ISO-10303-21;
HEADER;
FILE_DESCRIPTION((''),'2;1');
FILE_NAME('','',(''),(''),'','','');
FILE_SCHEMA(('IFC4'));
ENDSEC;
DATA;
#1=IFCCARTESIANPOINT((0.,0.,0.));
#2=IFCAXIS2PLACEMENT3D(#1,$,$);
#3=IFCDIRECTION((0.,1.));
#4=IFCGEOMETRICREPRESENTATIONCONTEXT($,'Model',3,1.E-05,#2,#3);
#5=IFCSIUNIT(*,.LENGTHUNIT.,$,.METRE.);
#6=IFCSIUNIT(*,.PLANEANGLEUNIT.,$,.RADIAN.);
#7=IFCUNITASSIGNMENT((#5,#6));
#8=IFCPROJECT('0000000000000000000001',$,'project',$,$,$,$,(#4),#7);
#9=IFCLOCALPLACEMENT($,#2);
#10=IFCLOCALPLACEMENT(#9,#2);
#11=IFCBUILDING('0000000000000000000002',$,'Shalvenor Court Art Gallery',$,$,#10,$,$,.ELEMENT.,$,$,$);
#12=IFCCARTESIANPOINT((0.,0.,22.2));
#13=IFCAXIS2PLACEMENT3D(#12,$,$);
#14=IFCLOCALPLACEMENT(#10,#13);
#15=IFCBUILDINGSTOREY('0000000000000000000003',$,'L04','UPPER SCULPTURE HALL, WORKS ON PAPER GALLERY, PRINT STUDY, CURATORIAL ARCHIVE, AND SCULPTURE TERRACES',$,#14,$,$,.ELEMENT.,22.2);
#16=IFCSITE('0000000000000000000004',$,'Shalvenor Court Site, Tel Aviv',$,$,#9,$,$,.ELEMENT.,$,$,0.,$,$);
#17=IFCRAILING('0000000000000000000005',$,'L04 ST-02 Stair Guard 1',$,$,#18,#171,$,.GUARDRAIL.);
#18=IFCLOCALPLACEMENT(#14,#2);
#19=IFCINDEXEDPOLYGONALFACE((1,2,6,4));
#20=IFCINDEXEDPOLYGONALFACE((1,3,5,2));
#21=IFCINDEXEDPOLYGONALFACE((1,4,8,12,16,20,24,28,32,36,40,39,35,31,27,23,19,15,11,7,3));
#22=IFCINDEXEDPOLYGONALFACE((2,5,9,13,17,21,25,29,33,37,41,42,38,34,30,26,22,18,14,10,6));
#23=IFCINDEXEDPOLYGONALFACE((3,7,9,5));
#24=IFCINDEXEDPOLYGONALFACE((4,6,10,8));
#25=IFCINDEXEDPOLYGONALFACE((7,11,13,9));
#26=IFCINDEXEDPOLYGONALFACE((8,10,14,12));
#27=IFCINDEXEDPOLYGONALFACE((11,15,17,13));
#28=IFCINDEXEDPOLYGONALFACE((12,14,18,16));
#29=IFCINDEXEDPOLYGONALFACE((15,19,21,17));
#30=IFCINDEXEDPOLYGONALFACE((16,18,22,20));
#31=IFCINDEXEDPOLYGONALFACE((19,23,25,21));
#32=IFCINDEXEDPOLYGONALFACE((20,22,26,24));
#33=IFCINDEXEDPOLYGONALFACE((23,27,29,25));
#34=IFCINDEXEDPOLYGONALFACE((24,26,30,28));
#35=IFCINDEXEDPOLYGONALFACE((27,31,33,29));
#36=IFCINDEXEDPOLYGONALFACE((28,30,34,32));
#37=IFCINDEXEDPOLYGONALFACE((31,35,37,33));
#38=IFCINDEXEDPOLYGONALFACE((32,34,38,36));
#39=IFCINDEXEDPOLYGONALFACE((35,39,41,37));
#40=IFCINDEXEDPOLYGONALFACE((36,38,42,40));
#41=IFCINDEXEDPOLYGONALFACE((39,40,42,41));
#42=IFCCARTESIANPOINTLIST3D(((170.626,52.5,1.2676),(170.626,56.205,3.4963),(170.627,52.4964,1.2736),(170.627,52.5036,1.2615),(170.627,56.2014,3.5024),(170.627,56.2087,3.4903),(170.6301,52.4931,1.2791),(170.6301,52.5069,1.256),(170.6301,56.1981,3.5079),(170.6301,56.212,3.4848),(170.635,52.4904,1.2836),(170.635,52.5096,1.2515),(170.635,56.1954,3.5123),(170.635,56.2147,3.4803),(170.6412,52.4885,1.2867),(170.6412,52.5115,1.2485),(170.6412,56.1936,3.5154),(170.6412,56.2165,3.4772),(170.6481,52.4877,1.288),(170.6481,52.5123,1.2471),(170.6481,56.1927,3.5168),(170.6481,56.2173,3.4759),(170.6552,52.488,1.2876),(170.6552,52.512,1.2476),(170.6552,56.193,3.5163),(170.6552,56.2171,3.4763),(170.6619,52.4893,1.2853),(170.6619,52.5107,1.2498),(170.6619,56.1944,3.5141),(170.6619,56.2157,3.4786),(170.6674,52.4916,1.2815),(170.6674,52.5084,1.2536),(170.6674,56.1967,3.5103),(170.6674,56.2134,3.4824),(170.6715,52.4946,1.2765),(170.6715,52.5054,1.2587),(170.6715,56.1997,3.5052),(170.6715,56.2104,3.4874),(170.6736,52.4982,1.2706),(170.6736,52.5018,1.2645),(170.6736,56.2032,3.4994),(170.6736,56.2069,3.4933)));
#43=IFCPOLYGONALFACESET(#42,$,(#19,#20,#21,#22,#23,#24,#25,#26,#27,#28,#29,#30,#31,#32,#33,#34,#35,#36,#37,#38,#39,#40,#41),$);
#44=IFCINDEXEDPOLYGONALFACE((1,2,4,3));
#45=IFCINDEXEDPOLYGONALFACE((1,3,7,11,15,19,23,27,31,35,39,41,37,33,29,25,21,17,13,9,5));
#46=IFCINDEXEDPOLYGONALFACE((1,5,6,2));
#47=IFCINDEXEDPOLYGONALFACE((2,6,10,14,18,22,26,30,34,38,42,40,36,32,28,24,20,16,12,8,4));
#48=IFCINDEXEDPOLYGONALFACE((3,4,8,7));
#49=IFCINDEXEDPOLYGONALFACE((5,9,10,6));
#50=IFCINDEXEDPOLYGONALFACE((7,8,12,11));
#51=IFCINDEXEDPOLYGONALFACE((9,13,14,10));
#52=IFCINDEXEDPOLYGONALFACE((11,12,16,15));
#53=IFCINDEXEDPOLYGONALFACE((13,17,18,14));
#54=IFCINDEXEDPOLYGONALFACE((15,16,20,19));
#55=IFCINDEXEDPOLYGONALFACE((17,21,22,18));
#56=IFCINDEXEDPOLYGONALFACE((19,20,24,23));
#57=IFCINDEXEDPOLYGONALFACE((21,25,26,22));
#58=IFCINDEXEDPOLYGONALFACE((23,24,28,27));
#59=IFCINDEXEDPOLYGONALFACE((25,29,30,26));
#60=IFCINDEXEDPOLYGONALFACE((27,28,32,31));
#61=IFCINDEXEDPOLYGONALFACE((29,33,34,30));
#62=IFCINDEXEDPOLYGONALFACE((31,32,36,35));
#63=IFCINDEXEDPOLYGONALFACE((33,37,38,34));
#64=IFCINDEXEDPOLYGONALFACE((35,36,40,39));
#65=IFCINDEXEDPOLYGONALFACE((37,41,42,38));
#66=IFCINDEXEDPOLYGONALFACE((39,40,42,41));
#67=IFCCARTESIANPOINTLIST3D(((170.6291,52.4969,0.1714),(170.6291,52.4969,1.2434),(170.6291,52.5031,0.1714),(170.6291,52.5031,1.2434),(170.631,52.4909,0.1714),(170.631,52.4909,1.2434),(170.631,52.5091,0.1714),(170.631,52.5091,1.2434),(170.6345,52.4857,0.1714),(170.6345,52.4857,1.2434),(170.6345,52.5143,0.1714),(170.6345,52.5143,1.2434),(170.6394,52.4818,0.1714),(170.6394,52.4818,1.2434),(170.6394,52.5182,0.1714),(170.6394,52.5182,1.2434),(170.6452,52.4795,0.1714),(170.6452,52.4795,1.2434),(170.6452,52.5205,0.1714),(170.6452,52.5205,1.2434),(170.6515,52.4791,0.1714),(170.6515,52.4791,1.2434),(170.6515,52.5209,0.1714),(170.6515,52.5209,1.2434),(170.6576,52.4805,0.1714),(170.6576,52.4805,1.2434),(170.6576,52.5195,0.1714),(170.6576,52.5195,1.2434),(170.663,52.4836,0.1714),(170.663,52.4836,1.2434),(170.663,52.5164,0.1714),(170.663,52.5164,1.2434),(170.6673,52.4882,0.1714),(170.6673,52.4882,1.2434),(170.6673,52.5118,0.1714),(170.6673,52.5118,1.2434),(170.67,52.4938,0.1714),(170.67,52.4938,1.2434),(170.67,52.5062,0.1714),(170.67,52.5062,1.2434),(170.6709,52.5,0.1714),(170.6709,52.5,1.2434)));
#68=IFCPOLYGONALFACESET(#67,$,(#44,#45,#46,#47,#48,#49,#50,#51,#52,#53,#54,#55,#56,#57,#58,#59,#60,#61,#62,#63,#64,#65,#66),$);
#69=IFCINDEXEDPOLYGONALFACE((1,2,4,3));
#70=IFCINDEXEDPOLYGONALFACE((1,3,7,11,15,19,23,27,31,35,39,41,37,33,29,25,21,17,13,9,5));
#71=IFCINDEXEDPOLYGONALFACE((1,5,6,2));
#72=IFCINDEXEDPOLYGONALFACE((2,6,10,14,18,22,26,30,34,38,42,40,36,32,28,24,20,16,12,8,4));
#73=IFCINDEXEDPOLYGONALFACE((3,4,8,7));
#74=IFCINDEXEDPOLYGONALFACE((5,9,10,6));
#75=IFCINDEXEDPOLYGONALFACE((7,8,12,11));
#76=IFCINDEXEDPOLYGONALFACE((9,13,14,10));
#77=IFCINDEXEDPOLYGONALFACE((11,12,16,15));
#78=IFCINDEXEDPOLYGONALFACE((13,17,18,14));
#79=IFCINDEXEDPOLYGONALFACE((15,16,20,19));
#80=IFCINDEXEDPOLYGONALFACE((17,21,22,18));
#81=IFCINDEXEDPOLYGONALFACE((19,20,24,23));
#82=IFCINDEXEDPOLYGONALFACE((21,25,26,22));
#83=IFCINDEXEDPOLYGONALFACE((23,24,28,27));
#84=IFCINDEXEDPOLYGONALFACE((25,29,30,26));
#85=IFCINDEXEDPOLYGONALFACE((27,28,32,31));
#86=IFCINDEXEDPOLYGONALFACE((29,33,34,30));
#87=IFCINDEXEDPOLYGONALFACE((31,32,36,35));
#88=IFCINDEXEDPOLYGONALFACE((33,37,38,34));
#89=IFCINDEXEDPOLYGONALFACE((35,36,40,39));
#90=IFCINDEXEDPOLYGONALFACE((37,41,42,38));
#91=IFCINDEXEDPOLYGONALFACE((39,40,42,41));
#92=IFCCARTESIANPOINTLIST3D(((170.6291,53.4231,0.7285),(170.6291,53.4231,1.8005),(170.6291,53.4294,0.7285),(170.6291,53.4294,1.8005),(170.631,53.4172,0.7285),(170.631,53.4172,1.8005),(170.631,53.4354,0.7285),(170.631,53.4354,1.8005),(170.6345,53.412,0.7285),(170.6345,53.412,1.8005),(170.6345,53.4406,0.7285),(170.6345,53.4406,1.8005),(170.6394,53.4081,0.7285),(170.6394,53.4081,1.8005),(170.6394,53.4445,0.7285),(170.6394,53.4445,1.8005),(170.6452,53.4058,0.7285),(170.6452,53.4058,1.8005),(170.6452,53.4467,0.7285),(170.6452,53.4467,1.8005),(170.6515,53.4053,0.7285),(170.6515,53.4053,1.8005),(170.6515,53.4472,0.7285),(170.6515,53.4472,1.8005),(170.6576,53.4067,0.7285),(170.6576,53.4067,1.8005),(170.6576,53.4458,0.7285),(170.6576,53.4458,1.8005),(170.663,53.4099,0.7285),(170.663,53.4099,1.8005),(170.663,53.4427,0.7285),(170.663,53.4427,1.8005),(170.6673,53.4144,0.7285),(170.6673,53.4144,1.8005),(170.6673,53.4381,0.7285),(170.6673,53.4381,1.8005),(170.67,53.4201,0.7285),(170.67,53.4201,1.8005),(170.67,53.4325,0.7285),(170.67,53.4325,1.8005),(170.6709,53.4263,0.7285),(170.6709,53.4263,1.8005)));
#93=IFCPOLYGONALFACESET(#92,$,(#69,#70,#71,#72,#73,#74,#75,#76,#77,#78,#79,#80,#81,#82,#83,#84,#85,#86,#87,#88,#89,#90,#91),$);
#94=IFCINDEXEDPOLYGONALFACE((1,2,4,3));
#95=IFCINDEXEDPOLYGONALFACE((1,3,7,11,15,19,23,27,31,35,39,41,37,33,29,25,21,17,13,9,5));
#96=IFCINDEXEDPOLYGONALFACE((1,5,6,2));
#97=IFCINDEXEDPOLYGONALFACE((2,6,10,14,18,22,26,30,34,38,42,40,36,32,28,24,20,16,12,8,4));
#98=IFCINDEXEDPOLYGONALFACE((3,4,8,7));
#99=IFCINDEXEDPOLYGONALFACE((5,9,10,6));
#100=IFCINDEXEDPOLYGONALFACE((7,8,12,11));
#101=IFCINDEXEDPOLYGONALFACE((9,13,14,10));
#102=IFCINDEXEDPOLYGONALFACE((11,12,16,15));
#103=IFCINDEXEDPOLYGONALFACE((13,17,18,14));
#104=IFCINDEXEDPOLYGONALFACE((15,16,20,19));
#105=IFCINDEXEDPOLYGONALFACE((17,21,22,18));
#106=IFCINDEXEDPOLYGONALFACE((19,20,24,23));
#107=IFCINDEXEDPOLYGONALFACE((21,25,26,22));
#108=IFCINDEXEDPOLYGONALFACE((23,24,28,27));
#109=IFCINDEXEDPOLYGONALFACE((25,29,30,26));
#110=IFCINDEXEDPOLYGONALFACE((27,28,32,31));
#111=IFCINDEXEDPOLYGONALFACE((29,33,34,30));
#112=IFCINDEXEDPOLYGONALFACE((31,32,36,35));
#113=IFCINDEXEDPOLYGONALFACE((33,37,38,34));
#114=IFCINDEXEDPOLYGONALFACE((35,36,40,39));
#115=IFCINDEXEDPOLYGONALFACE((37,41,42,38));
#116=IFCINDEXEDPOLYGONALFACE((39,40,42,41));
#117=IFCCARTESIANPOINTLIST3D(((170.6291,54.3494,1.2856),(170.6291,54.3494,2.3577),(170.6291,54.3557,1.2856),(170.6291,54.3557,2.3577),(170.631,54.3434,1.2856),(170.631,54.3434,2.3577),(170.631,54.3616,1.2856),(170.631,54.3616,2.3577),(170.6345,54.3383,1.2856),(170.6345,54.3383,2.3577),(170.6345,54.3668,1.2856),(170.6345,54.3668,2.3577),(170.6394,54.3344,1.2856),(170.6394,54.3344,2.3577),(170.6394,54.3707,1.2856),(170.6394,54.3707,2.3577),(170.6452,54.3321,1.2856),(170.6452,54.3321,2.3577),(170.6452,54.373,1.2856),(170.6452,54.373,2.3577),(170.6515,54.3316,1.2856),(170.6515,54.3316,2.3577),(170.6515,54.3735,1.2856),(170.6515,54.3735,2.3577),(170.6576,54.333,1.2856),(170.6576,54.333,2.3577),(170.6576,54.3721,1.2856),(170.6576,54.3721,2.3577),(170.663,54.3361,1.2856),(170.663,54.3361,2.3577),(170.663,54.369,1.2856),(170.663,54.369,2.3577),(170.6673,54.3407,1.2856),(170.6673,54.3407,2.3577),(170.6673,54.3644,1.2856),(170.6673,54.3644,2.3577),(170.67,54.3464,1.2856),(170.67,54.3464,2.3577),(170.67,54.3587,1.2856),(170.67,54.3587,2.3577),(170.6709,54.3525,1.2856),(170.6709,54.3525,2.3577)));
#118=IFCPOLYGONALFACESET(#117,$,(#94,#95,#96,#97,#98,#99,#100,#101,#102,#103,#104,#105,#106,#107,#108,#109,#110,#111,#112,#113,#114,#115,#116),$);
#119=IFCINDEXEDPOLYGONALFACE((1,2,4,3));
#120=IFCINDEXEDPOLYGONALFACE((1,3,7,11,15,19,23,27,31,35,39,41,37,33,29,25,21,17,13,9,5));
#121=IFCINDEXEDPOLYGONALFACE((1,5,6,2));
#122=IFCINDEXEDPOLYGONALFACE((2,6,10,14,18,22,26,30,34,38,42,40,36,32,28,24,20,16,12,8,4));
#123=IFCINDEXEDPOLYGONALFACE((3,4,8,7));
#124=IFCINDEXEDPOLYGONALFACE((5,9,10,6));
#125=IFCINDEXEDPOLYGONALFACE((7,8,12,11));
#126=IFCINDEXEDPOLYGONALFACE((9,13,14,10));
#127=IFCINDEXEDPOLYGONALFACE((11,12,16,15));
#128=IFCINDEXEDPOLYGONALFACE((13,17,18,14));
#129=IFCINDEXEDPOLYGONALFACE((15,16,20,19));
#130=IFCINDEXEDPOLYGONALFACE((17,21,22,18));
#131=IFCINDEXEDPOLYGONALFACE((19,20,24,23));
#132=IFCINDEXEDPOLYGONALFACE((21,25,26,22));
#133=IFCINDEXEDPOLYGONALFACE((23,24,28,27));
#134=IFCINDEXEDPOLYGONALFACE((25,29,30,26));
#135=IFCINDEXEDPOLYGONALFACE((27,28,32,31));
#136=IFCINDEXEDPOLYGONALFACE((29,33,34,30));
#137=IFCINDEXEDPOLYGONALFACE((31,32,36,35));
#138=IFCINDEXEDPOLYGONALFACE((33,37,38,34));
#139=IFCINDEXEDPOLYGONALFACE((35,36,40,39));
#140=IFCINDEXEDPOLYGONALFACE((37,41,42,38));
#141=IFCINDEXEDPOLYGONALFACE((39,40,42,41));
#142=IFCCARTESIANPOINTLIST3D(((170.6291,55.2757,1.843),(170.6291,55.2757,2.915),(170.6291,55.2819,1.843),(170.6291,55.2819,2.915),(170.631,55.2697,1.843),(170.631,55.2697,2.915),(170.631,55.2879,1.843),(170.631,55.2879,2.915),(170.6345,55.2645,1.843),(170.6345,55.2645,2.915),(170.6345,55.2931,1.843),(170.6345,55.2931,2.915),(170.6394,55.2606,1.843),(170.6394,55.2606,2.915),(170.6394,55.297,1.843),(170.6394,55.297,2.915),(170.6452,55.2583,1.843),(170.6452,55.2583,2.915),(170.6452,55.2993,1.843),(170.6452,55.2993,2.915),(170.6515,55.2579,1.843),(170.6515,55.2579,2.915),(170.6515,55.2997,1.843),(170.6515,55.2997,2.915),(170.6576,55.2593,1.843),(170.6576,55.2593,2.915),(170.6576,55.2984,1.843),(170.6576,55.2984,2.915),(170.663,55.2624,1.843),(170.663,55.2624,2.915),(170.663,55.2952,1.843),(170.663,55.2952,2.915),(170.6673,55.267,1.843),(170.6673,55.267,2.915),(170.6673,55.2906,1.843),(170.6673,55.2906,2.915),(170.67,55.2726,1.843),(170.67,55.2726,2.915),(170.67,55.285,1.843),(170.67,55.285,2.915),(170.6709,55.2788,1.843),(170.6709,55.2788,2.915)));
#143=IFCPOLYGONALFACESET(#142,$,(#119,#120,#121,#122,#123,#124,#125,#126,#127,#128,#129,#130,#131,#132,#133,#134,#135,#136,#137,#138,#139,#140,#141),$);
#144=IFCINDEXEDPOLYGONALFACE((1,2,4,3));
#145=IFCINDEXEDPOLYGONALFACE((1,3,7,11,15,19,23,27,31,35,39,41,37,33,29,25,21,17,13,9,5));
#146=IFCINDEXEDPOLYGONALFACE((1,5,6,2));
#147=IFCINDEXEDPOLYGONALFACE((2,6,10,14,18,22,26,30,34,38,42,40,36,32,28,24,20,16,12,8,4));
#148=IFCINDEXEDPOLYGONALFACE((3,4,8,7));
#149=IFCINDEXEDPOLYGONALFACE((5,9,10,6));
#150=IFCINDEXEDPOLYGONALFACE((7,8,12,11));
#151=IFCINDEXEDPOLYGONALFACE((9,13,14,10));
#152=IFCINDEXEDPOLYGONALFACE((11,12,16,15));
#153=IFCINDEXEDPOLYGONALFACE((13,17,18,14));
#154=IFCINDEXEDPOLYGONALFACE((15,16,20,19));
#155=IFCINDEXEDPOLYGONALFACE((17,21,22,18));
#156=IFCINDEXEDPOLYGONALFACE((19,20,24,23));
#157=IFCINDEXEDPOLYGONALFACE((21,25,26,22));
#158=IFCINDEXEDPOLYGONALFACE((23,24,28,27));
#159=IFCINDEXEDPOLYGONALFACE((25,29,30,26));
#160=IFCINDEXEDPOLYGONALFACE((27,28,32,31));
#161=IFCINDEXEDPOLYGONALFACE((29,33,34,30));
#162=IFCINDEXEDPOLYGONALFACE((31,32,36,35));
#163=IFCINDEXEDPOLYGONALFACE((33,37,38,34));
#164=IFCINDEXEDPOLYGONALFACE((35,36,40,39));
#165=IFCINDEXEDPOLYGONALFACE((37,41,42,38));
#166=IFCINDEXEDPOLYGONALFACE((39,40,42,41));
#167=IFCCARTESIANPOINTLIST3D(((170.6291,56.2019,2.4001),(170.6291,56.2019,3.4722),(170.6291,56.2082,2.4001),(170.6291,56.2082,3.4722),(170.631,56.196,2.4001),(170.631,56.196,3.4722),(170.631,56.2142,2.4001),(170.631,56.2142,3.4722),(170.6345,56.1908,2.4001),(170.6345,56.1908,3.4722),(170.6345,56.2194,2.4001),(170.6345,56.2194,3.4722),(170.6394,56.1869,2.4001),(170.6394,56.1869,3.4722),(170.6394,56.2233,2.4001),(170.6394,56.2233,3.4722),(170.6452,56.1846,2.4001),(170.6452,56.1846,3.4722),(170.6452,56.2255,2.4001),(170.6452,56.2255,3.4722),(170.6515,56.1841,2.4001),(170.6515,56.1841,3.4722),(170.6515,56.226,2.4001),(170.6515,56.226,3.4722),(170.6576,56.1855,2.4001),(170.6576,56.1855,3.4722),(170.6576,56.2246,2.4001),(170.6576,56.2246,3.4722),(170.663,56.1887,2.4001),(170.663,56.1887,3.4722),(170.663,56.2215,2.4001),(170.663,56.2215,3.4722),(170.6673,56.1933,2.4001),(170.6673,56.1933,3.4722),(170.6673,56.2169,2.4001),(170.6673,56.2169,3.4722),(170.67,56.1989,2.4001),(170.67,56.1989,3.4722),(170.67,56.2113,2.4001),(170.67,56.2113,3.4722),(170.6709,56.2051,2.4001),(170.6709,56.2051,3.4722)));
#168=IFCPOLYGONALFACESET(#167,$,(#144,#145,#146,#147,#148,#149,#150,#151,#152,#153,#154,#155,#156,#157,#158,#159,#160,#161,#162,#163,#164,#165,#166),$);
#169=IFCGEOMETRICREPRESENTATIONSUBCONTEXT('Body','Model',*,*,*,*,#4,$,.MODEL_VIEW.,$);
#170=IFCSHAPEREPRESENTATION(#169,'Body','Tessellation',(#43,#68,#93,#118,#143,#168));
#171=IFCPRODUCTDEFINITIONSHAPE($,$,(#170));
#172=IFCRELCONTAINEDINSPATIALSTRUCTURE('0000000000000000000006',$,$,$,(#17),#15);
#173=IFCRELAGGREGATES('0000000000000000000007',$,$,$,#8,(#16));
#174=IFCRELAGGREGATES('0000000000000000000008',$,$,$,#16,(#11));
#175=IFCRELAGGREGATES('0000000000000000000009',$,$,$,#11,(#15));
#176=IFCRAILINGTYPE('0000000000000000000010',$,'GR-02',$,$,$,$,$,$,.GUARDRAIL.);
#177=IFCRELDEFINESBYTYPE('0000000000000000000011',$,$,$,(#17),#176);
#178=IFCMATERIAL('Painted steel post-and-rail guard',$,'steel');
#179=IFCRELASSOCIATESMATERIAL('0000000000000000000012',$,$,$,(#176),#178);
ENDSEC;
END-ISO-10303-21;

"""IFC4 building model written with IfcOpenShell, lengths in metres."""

from ifc_helpers import new_model, si_unit, direction, frame, origin, origin_2d, place, context, subcontext, project, spatial, circle, extrude, material, type_object, element, save


model = new_model("IFC4")

# Units and contexts
model_context = context("Model", 3, precision=1e-05, world=origin(), true_north=direction((0.0, 1.0)))
body_context = subcontext(model_context, "Body", "Model", "MODEL_VIEW")
ifc_project = project(units=[si_unit("LENGTHUNIT", "METRE"), si_unit("PLANEANGLEUNIT", "RADIAN")], contexts=[model_context])

# Site, building, storey
site_placement = place(None, origin())
site = spatial("IfcSite", under=ifc_project, at=site_placement, Name="Shalvenor Court Site, Tel Aviv", CompositionType="ELEMENT", RefElevation=0.0)
building_placement = place(site_placement, origin())
building = spatial("IfcBuilding", under=site, at=building_placement, Name="Shalvenor Court Art Gallery", CompositionType="ELEMENT")
storey_placement = place(building_placement, frame((0.0, 0.0, 22.2)))
storey = spatial("IfcBuildingStorey", under=building, at=storey_placement, Name="L04", Description="UPPER SCULPTURE HALL, WORKS ON PAPER GALLERY, PRINT STUDY, CURATORIAL ARCHIVE, AND SCULPTURE TERRACES", CompositionType="ELEMENT", Elevation=22.2)

# Railing
ifc_material_1 = material(Name="Painted steel post-and-rail guard", Category="steel")
railing_type_1 = type_object("IfcRailingType", Name="GR-02", PredefinedType="GUARDRAIL", material=ifc_material_1)
railing_1_placement = place(storey_placement, frame((170.6499, 52.5, 0.1714)))
element("IfcRailing", 1, at=railing_1_placement, inside=storey, type_object=railing_type_1, Name="L04 ST-02 Stair Guard 1", PredefinedType="GUARDRAIL", context=body_context, shape_type="SweptSolid", body=[
    extrude(circle(Radius=0.0239, at=origin_2d()), frame((0.0, 0.0, 1.0962), z_axis=(0.0, 0.856909, 0.515467), x_axis=(-1.0, 0.0, 0.0)), (0.0, 0.0, 1.0), 4.3237),
    extrude(circle(Radius=0.021, at=origin_2d()), origin(), (0.0, 0.0, 1.0), 1.072),
    extrude(circle(Radius=0.021, at=origin_2d()), frame((0.0, 0.9263, 0.5571)), (0.0, 0.0, 1.0), 1.072),
    extrude(circle(Radius=0.021, at=origin_2d()), frame((0.0, 1.8525, 1.1143)), (0.0, 0.0, 1.0), 1.072),
    extrude(circle(Radius=0.021, at=origin_2d()), frame((0.0, 2.7788, 1.6716)), (0.0, 0.0, 1.0), 1.072),
    extrude(circle(Radius=0.021, at=origin_2d()), frame((0.0, 3.7051, 2.2288)), (0.0, 0.0, 1.0), 1.072),
])

save(model, "model.ifc")
